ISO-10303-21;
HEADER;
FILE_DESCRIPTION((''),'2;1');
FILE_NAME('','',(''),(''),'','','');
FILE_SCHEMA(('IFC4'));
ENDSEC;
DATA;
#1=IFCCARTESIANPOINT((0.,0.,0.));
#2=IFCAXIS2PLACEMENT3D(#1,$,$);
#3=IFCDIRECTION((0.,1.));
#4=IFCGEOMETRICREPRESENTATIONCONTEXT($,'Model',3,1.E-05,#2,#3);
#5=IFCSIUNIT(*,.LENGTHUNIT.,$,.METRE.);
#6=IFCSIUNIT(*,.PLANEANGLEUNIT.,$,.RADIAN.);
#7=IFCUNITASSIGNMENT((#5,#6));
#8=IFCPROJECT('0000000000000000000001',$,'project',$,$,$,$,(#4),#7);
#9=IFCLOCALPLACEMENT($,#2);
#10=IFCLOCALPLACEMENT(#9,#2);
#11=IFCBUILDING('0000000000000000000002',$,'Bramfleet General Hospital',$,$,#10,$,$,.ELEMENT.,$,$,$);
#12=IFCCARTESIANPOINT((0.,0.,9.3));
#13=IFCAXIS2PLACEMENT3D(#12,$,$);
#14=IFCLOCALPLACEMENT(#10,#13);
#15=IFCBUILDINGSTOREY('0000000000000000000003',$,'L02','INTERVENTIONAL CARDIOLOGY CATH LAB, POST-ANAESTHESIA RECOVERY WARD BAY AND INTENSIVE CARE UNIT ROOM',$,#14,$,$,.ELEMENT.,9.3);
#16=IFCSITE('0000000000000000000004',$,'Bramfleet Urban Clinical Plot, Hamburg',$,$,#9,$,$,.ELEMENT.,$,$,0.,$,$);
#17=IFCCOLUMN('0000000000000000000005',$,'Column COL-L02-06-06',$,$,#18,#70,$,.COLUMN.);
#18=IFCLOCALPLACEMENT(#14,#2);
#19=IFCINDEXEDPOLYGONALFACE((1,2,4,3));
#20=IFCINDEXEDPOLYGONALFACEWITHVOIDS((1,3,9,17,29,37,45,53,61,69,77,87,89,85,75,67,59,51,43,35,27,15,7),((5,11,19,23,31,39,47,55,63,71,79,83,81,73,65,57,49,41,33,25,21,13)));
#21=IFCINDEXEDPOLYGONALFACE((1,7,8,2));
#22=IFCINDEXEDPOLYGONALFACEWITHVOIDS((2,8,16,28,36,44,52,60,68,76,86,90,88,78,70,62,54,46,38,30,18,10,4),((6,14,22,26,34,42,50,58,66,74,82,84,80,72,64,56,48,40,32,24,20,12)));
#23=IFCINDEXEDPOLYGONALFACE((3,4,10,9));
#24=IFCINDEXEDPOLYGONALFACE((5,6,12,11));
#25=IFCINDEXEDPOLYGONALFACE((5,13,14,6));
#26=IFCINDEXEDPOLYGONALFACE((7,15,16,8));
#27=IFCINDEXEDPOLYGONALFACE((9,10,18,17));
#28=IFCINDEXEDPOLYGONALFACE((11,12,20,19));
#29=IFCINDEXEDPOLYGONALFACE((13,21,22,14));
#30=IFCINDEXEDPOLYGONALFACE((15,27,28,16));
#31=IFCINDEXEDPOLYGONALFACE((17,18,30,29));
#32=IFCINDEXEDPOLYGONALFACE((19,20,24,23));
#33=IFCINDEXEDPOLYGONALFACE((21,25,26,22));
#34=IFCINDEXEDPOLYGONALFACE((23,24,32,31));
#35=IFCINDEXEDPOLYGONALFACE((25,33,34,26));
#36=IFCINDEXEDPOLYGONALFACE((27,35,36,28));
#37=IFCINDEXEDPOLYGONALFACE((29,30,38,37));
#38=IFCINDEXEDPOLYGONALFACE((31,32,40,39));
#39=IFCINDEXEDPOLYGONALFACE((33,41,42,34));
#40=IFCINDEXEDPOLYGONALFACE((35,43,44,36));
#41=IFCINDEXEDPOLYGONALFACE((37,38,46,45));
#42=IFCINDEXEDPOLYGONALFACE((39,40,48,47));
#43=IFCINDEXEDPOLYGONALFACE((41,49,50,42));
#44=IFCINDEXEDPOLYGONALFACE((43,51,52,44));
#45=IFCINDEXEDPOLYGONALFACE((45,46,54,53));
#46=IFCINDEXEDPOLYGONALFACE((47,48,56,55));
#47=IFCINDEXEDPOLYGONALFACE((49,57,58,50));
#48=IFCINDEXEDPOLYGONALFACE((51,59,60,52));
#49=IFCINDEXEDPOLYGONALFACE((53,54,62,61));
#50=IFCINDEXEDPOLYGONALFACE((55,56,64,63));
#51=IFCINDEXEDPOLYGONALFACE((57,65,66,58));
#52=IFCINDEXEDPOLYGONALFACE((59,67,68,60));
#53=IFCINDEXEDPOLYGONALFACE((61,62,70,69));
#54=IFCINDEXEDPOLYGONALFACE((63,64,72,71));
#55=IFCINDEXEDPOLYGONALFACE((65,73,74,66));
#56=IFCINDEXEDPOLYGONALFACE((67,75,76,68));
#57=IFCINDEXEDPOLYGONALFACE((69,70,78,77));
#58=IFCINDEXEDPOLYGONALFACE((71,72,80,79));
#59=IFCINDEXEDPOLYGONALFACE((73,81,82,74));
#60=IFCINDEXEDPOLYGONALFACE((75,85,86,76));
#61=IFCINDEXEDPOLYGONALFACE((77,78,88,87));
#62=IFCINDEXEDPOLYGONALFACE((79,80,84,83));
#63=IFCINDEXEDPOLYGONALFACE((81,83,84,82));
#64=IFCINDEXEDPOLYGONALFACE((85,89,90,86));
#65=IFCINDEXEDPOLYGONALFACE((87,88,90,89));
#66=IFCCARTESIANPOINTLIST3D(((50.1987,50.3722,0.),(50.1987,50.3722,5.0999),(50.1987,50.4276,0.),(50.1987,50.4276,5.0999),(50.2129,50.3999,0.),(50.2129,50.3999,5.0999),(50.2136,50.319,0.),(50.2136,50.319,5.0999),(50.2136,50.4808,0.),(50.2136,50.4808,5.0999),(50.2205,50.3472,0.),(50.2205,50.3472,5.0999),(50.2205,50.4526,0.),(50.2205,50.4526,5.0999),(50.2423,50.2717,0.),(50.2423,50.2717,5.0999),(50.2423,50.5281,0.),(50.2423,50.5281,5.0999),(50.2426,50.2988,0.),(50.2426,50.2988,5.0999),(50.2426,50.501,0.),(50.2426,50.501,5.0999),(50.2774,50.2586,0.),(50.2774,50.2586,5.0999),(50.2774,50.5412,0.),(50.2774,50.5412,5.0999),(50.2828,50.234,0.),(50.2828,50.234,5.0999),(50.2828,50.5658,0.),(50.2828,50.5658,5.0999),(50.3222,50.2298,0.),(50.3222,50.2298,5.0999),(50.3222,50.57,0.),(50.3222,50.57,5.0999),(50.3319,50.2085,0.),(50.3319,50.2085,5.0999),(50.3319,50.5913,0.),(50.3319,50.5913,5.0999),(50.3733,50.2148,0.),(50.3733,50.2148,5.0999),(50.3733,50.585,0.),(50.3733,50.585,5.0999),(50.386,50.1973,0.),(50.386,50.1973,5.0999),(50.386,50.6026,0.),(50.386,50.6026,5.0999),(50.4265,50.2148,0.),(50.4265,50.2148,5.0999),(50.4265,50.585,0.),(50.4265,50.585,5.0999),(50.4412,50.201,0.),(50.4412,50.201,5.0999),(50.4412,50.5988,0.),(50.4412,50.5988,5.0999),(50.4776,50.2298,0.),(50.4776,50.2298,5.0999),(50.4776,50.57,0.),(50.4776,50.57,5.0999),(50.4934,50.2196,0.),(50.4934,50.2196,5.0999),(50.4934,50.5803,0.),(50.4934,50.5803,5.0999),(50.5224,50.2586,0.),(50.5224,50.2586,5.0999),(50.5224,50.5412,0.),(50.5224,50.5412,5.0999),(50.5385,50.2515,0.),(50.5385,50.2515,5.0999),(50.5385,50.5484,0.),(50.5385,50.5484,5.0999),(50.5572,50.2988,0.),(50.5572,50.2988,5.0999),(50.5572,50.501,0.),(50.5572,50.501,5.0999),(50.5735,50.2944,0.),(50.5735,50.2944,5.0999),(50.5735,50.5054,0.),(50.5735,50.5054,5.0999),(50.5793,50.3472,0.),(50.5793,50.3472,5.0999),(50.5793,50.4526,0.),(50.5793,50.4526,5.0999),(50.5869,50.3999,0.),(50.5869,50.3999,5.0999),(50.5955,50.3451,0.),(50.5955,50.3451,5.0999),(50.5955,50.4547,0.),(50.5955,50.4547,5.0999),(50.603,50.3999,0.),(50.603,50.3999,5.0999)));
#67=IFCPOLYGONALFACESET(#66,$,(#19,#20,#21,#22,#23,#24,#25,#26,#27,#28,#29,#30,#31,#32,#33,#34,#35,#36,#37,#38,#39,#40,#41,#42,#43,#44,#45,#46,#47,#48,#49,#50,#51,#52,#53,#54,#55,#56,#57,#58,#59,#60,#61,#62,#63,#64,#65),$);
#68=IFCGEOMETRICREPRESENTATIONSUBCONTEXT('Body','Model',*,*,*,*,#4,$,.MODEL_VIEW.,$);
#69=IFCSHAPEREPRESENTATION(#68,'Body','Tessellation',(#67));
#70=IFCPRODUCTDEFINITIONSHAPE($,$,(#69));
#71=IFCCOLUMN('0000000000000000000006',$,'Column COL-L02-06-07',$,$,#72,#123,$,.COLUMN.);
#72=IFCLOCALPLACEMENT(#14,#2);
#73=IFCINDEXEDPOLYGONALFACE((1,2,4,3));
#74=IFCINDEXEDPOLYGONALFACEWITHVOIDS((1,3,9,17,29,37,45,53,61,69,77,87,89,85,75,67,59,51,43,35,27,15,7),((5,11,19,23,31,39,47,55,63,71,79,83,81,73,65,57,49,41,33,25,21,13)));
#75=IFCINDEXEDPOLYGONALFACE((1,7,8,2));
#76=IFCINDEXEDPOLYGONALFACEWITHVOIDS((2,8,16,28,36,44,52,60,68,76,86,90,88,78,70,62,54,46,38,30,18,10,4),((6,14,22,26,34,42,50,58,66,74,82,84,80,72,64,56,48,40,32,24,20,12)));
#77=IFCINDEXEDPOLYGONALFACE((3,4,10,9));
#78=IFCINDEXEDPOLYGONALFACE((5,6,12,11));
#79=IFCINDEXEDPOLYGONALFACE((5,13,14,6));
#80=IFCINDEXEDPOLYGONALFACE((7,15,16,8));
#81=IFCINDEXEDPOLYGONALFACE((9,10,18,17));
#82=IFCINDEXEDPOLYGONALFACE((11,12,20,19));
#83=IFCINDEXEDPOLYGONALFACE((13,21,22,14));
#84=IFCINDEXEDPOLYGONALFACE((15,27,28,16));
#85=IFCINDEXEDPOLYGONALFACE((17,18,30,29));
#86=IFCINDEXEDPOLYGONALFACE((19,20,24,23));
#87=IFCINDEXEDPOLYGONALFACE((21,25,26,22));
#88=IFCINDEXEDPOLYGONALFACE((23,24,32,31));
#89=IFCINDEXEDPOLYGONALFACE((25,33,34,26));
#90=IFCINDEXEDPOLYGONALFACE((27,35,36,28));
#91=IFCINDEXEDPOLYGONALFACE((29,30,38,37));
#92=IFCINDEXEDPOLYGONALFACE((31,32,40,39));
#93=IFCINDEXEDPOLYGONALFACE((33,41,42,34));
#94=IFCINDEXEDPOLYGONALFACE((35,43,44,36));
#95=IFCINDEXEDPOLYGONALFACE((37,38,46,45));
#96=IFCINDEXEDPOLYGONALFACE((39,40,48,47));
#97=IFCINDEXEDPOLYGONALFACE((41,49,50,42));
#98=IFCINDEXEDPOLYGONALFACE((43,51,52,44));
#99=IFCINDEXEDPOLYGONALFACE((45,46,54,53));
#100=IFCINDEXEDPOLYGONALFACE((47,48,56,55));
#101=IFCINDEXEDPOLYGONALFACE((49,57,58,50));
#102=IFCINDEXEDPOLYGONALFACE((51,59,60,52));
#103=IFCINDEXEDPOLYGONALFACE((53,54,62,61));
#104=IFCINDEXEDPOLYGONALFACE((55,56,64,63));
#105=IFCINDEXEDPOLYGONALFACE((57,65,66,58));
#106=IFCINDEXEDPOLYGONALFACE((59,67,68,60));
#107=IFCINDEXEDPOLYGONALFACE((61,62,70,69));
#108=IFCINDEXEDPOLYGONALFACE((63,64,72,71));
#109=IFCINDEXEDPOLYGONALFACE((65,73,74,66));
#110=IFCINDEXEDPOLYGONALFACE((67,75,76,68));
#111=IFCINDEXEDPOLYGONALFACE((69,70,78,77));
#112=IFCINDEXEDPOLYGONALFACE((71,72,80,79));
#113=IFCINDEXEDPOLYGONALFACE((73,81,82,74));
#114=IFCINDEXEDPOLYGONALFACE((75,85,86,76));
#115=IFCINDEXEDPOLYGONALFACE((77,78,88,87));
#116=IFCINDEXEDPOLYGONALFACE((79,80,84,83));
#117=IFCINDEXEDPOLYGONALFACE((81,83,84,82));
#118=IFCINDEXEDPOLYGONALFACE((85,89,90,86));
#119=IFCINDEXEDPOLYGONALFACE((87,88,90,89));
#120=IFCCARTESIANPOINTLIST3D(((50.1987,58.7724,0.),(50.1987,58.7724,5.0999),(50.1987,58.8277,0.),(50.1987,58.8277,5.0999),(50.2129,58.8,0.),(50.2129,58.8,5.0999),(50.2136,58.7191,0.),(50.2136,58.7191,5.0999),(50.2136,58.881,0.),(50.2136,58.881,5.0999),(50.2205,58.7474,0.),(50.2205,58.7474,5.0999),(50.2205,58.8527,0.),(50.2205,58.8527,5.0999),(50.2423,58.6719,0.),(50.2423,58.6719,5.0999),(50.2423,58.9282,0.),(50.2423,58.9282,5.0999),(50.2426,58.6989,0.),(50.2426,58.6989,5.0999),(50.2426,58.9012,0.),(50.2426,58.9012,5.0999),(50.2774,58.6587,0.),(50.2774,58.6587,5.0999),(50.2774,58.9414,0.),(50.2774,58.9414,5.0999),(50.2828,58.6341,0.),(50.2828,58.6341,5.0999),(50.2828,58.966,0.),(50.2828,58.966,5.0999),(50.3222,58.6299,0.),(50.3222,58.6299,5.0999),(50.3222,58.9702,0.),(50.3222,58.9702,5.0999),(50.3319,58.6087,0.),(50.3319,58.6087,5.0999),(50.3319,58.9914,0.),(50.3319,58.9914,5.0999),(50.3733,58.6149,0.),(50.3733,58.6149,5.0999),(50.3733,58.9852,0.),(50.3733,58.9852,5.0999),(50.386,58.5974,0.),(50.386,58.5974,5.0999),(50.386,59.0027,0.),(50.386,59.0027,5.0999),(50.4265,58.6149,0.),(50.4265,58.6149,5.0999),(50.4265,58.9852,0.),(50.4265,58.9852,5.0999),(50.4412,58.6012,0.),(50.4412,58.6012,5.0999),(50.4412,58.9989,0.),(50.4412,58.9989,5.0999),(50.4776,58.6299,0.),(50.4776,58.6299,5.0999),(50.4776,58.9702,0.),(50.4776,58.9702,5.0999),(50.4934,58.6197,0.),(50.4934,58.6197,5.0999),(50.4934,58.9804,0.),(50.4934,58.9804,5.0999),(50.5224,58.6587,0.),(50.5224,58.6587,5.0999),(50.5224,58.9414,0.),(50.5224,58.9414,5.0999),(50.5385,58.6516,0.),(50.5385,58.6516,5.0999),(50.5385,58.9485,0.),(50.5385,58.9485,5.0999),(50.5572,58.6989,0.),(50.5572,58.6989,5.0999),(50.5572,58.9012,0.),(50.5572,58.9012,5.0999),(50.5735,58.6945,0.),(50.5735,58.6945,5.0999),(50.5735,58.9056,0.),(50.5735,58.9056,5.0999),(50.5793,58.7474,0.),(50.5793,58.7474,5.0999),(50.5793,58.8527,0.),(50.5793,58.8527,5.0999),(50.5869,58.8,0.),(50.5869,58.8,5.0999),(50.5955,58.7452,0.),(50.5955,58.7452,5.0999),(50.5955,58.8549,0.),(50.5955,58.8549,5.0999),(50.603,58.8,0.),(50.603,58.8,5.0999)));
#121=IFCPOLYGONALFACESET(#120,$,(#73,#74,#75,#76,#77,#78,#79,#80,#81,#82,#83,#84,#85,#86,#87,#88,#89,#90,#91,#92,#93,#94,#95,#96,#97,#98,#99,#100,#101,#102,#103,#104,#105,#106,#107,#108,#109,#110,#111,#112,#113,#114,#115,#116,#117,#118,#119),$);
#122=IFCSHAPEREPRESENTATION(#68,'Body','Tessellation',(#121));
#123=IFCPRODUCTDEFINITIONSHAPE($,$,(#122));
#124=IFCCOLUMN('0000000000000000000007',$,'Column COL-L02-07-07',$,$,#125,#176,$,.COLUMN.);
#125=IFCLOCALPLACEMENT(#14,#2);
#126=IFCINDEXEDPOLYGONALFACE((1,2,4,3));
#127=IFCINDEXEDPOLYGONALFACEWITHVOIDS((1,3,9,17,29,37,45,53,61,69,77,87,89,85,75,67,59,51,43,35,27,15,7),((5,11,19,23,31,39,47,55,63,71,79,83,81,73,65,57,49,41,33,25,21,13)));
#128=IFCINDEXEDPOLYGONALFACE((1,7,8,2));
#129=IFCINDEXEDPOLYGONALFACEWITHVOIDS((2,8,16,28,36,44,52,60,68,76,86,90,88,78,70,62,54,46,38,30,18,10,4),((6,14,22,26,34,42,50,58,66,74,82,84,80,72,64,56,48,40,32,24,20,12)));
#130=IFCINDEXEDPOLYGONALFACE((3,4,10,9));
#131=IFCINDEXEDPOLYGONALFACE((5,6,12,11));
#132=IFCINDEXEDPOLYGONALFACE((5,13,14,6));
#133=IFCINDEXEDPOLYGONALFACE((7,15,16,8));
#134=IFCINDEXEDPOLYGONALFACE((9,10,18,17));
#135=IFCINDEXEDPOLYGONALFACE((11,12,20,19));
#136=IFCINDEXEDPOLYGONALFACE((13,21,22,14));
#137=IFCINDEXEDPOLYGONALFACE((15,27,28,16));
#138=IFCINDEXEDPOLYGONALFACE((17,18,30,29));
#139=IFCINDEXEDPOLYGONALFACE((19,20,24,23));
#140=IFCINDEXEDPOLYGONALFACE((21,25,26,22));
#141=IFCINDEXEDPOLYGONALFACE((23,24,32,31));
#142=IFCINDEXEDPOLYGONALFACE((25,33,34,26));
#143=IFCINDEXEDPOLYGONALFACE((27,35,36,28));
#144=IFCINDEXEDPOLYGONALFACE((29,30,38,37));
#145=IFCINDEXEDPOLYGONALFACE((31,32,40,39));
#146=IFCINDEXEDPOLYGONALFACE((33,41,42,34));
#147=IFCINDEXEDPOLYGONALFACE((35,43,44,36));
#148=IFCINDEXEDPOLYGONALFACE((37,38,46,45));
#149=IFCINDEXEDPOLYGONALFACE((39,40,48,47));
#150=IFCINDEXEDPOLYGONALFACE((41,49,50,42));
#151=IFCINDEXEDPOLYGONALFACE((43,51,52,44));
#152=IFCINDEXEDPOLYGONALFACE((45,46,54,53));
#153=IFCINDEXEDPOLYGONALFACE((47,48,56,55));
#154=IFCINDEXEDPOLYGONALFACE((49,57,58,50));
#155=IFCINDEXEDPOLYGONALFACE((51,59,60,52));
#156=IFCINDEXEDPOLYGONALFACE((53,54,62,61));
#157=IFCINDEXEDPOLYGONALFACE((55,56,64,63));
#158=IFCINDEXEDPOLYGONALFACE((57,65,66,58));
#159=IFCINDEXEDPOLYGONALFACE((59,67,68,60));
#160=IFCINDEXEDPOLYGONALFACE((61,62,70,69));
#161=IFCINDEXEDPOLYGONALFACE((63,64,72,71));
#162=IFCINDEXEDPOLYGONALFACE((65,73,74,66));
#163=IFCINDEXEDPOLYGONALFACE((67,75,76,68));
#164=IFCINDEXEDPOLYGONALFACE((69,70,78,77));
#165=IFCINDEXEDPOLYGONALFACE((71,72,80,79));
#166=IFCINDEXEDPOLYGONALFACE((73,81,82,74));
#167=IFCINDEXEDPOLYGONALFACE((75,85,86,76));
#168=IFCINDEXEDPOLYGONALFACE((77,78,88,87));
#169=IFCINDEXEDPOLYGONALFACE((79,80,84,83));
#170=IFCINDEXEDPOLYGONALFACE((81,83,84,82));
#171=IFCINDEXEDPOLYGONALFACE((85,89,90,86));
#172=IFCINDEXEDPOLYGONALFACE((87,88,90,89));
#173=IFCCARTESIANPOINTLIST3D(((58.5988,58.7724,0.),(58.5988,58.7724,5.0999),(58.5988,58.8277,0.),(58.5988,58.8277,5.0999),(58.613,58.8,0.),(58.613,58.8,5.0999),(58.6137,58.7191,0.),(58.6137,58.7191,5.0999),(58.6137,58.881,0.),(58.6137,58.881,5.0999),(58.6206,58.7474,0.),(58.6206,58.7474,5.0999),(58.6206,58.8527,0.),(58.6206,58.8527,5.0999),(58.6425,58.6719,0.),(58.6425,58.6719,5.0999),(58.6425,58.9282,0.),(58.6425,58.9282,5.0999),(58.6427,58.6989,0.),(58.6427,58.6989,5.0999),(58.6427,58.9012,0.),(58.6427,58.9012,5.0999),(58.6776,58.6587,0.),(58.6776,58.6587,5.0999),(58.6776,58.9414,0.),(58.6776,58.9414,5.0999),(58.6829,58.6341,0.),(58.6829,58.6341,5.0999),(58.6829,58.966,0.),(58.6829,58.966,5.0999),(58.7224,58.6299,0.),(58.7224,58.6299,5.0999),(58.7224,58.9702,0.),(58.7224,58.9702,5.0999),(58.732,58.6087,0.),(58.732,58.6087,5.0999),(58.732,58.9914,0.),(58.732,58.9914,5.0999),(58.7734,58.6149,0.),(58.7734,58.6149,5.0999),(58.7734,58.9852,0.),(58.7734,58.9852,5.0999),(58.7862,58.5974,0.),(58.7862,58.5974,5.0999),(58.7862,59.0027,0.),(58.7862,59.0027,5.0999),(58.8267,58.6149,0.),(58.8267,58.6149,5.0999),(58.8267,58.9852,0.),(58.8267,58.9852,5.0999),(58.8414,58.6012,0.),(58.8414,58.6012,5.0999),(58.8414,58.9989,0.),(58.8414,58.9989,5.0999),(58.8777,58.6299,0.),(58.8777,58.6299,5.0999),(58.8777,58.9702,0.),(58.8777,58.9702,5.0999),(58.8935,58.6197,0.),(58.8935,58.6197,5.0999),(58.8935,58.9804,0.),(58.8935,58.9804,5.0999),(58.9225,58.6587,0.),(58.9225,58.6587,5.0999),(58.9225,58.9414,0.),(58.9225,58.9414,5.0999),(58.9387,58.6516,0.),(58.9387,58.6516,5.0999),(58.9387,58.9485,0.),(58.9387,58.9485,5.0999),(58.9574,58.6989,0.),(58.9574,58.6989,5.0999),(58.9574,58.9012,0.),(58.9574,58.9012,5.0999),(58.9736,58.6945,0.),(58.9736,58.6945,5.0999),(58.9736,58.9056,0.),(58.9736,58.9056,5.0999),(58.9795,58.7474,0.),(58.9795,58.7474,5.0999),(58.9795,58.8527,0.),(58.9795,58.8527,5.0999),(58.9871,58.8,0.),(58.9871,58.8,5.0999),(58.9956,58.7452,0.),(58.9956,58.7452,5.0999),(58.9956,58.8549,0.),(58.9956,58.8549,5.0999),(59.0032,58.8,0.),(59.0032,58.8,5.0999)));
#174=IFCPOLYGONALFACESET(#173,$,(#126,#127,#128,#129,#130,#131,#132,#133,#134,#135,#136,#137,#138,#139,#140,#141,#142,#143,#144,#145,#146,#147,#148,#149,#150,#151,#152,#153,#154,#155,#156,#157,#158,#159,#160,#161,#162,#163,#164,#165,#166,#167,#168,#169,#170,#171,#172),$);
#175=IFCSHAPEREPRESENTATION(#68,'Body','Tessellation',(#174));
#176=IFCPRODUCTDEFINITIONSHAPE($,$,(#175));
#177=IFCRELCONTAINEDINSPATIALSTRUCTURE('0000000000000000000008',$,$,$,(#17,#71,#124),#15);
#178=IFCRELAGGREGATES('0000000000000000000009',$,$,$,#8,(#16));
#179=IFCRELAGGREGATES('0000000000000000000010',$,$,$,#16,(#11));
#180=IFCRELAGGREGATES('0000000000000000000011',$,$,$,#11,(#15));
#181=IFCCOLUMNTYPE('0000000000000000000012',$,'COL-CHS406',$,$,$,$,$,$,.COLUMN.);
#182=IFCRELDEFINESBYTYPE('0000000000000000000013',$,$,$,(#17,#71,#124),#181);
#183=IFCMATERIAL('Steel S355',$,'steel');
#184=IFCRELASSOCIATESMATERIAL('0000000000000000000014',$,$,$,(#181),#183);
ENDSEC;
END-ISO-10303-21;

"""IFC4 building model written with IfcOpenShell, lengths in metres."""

from ifc_helpers import new_model, si_unit, direction, frame, origin, origin_2d, place, context, subcontext, project, spatial, hollow_circle, extrude, material, material_profile, profile_set, type_object, element, save


model = new_model("IFC4")

# Units and contexts
model_context = context("Model", 3, precision=1e-05, world=origin(), true_north=direction((0.0, 1.0)))
body_context = subcontext(model_context, "Body", "Model", "MODEL_VIEW")
ifc_project = project(units=[si_unit("LENGTHUNIT", "METRE"), si_unit("PLANEANGLEUNIT", "RADIAN")], contexts=[model_context])

# Site, building, storey
site_placement = place(None, origin())
site = spatial("IfcSite", under=ifc_project, at=site_placement, Name="Bramfleet Urban Clinical Plot, Hamburg", CompositionType="ELEMENT", RefElevation=0.0)
building_placement = place(site_placement, origin())
building = spatial("IfcBuilding", under=site, at=building_placement, Name="Bramfleet General Hospital", CompositionType="ELEMENT")
storey_placement = place(building_placement, frame((0.0, 0.0, 9.3)))
storey = spatial("IfcBuildingStorey", under=building, at=storey_placement, Name="L02", Description="INTERVENTIONAL CARDIOLOGY CATH LAB, POST-ANAESTHESIA RECOVERY WARD BAY AND INTENSIVE CARE UNIT ROOM", CompositionType="ELEMENT", Elevation=9.3)

# Columns
ifc_material_1 = material(Name="Steel S355", Category="steel")
ifc_material_profile_1 = material_profile(ifc_material_1, hollow_circle(Radius=0.2031, WallThickness=0.0161, at=origin_2d()), Name="CHS 406.4x16.0")
ifc_profile_set_1 = profile_set([ifc_material_profile_1], Name="Steel S355")
column_type_1 = type_object("IfcColumnType", Name="COL-CHS406", PredefinedType="COLUMN", material=ifc_profile_set_1)
for number, where, z_axis, x_axis, name in (
    (1, (50.3999, 50.3999, 0.0), (0.0, 0.0, 1.0), (1.0, 0.0, 0.0), "Column COL-L02-06-06"),
    (2, (50.3999, 58.8, 0.0), (0.0, 0.0, 1.0), (1.0, 0.0, 0.0), "Column COL-L02-06-07"),
    (3, (58.8, 58.8, 0.0), (0.0, 0.0, 1.0), (1.0, 0.0, 0.0), "Column COL-L02-07-07"),
):
    element("IfcColumn", number, at=place(storey_placement, frame(where, z_axis=z_axis, x_axis=x_axis)), inside=storey, type_object=column_type_1, Name=name, PredefinedType="COLUMN", context=body_context, shape_type="SweptSolid", body=[
        extrude(hollow_circle(Radius=0.2031, WallThickness=0.0161, at=origin_2d()), origin(), (0.0, 0.0, 1.0), 5.0999),
    ])

save(model, "model.ifc")
